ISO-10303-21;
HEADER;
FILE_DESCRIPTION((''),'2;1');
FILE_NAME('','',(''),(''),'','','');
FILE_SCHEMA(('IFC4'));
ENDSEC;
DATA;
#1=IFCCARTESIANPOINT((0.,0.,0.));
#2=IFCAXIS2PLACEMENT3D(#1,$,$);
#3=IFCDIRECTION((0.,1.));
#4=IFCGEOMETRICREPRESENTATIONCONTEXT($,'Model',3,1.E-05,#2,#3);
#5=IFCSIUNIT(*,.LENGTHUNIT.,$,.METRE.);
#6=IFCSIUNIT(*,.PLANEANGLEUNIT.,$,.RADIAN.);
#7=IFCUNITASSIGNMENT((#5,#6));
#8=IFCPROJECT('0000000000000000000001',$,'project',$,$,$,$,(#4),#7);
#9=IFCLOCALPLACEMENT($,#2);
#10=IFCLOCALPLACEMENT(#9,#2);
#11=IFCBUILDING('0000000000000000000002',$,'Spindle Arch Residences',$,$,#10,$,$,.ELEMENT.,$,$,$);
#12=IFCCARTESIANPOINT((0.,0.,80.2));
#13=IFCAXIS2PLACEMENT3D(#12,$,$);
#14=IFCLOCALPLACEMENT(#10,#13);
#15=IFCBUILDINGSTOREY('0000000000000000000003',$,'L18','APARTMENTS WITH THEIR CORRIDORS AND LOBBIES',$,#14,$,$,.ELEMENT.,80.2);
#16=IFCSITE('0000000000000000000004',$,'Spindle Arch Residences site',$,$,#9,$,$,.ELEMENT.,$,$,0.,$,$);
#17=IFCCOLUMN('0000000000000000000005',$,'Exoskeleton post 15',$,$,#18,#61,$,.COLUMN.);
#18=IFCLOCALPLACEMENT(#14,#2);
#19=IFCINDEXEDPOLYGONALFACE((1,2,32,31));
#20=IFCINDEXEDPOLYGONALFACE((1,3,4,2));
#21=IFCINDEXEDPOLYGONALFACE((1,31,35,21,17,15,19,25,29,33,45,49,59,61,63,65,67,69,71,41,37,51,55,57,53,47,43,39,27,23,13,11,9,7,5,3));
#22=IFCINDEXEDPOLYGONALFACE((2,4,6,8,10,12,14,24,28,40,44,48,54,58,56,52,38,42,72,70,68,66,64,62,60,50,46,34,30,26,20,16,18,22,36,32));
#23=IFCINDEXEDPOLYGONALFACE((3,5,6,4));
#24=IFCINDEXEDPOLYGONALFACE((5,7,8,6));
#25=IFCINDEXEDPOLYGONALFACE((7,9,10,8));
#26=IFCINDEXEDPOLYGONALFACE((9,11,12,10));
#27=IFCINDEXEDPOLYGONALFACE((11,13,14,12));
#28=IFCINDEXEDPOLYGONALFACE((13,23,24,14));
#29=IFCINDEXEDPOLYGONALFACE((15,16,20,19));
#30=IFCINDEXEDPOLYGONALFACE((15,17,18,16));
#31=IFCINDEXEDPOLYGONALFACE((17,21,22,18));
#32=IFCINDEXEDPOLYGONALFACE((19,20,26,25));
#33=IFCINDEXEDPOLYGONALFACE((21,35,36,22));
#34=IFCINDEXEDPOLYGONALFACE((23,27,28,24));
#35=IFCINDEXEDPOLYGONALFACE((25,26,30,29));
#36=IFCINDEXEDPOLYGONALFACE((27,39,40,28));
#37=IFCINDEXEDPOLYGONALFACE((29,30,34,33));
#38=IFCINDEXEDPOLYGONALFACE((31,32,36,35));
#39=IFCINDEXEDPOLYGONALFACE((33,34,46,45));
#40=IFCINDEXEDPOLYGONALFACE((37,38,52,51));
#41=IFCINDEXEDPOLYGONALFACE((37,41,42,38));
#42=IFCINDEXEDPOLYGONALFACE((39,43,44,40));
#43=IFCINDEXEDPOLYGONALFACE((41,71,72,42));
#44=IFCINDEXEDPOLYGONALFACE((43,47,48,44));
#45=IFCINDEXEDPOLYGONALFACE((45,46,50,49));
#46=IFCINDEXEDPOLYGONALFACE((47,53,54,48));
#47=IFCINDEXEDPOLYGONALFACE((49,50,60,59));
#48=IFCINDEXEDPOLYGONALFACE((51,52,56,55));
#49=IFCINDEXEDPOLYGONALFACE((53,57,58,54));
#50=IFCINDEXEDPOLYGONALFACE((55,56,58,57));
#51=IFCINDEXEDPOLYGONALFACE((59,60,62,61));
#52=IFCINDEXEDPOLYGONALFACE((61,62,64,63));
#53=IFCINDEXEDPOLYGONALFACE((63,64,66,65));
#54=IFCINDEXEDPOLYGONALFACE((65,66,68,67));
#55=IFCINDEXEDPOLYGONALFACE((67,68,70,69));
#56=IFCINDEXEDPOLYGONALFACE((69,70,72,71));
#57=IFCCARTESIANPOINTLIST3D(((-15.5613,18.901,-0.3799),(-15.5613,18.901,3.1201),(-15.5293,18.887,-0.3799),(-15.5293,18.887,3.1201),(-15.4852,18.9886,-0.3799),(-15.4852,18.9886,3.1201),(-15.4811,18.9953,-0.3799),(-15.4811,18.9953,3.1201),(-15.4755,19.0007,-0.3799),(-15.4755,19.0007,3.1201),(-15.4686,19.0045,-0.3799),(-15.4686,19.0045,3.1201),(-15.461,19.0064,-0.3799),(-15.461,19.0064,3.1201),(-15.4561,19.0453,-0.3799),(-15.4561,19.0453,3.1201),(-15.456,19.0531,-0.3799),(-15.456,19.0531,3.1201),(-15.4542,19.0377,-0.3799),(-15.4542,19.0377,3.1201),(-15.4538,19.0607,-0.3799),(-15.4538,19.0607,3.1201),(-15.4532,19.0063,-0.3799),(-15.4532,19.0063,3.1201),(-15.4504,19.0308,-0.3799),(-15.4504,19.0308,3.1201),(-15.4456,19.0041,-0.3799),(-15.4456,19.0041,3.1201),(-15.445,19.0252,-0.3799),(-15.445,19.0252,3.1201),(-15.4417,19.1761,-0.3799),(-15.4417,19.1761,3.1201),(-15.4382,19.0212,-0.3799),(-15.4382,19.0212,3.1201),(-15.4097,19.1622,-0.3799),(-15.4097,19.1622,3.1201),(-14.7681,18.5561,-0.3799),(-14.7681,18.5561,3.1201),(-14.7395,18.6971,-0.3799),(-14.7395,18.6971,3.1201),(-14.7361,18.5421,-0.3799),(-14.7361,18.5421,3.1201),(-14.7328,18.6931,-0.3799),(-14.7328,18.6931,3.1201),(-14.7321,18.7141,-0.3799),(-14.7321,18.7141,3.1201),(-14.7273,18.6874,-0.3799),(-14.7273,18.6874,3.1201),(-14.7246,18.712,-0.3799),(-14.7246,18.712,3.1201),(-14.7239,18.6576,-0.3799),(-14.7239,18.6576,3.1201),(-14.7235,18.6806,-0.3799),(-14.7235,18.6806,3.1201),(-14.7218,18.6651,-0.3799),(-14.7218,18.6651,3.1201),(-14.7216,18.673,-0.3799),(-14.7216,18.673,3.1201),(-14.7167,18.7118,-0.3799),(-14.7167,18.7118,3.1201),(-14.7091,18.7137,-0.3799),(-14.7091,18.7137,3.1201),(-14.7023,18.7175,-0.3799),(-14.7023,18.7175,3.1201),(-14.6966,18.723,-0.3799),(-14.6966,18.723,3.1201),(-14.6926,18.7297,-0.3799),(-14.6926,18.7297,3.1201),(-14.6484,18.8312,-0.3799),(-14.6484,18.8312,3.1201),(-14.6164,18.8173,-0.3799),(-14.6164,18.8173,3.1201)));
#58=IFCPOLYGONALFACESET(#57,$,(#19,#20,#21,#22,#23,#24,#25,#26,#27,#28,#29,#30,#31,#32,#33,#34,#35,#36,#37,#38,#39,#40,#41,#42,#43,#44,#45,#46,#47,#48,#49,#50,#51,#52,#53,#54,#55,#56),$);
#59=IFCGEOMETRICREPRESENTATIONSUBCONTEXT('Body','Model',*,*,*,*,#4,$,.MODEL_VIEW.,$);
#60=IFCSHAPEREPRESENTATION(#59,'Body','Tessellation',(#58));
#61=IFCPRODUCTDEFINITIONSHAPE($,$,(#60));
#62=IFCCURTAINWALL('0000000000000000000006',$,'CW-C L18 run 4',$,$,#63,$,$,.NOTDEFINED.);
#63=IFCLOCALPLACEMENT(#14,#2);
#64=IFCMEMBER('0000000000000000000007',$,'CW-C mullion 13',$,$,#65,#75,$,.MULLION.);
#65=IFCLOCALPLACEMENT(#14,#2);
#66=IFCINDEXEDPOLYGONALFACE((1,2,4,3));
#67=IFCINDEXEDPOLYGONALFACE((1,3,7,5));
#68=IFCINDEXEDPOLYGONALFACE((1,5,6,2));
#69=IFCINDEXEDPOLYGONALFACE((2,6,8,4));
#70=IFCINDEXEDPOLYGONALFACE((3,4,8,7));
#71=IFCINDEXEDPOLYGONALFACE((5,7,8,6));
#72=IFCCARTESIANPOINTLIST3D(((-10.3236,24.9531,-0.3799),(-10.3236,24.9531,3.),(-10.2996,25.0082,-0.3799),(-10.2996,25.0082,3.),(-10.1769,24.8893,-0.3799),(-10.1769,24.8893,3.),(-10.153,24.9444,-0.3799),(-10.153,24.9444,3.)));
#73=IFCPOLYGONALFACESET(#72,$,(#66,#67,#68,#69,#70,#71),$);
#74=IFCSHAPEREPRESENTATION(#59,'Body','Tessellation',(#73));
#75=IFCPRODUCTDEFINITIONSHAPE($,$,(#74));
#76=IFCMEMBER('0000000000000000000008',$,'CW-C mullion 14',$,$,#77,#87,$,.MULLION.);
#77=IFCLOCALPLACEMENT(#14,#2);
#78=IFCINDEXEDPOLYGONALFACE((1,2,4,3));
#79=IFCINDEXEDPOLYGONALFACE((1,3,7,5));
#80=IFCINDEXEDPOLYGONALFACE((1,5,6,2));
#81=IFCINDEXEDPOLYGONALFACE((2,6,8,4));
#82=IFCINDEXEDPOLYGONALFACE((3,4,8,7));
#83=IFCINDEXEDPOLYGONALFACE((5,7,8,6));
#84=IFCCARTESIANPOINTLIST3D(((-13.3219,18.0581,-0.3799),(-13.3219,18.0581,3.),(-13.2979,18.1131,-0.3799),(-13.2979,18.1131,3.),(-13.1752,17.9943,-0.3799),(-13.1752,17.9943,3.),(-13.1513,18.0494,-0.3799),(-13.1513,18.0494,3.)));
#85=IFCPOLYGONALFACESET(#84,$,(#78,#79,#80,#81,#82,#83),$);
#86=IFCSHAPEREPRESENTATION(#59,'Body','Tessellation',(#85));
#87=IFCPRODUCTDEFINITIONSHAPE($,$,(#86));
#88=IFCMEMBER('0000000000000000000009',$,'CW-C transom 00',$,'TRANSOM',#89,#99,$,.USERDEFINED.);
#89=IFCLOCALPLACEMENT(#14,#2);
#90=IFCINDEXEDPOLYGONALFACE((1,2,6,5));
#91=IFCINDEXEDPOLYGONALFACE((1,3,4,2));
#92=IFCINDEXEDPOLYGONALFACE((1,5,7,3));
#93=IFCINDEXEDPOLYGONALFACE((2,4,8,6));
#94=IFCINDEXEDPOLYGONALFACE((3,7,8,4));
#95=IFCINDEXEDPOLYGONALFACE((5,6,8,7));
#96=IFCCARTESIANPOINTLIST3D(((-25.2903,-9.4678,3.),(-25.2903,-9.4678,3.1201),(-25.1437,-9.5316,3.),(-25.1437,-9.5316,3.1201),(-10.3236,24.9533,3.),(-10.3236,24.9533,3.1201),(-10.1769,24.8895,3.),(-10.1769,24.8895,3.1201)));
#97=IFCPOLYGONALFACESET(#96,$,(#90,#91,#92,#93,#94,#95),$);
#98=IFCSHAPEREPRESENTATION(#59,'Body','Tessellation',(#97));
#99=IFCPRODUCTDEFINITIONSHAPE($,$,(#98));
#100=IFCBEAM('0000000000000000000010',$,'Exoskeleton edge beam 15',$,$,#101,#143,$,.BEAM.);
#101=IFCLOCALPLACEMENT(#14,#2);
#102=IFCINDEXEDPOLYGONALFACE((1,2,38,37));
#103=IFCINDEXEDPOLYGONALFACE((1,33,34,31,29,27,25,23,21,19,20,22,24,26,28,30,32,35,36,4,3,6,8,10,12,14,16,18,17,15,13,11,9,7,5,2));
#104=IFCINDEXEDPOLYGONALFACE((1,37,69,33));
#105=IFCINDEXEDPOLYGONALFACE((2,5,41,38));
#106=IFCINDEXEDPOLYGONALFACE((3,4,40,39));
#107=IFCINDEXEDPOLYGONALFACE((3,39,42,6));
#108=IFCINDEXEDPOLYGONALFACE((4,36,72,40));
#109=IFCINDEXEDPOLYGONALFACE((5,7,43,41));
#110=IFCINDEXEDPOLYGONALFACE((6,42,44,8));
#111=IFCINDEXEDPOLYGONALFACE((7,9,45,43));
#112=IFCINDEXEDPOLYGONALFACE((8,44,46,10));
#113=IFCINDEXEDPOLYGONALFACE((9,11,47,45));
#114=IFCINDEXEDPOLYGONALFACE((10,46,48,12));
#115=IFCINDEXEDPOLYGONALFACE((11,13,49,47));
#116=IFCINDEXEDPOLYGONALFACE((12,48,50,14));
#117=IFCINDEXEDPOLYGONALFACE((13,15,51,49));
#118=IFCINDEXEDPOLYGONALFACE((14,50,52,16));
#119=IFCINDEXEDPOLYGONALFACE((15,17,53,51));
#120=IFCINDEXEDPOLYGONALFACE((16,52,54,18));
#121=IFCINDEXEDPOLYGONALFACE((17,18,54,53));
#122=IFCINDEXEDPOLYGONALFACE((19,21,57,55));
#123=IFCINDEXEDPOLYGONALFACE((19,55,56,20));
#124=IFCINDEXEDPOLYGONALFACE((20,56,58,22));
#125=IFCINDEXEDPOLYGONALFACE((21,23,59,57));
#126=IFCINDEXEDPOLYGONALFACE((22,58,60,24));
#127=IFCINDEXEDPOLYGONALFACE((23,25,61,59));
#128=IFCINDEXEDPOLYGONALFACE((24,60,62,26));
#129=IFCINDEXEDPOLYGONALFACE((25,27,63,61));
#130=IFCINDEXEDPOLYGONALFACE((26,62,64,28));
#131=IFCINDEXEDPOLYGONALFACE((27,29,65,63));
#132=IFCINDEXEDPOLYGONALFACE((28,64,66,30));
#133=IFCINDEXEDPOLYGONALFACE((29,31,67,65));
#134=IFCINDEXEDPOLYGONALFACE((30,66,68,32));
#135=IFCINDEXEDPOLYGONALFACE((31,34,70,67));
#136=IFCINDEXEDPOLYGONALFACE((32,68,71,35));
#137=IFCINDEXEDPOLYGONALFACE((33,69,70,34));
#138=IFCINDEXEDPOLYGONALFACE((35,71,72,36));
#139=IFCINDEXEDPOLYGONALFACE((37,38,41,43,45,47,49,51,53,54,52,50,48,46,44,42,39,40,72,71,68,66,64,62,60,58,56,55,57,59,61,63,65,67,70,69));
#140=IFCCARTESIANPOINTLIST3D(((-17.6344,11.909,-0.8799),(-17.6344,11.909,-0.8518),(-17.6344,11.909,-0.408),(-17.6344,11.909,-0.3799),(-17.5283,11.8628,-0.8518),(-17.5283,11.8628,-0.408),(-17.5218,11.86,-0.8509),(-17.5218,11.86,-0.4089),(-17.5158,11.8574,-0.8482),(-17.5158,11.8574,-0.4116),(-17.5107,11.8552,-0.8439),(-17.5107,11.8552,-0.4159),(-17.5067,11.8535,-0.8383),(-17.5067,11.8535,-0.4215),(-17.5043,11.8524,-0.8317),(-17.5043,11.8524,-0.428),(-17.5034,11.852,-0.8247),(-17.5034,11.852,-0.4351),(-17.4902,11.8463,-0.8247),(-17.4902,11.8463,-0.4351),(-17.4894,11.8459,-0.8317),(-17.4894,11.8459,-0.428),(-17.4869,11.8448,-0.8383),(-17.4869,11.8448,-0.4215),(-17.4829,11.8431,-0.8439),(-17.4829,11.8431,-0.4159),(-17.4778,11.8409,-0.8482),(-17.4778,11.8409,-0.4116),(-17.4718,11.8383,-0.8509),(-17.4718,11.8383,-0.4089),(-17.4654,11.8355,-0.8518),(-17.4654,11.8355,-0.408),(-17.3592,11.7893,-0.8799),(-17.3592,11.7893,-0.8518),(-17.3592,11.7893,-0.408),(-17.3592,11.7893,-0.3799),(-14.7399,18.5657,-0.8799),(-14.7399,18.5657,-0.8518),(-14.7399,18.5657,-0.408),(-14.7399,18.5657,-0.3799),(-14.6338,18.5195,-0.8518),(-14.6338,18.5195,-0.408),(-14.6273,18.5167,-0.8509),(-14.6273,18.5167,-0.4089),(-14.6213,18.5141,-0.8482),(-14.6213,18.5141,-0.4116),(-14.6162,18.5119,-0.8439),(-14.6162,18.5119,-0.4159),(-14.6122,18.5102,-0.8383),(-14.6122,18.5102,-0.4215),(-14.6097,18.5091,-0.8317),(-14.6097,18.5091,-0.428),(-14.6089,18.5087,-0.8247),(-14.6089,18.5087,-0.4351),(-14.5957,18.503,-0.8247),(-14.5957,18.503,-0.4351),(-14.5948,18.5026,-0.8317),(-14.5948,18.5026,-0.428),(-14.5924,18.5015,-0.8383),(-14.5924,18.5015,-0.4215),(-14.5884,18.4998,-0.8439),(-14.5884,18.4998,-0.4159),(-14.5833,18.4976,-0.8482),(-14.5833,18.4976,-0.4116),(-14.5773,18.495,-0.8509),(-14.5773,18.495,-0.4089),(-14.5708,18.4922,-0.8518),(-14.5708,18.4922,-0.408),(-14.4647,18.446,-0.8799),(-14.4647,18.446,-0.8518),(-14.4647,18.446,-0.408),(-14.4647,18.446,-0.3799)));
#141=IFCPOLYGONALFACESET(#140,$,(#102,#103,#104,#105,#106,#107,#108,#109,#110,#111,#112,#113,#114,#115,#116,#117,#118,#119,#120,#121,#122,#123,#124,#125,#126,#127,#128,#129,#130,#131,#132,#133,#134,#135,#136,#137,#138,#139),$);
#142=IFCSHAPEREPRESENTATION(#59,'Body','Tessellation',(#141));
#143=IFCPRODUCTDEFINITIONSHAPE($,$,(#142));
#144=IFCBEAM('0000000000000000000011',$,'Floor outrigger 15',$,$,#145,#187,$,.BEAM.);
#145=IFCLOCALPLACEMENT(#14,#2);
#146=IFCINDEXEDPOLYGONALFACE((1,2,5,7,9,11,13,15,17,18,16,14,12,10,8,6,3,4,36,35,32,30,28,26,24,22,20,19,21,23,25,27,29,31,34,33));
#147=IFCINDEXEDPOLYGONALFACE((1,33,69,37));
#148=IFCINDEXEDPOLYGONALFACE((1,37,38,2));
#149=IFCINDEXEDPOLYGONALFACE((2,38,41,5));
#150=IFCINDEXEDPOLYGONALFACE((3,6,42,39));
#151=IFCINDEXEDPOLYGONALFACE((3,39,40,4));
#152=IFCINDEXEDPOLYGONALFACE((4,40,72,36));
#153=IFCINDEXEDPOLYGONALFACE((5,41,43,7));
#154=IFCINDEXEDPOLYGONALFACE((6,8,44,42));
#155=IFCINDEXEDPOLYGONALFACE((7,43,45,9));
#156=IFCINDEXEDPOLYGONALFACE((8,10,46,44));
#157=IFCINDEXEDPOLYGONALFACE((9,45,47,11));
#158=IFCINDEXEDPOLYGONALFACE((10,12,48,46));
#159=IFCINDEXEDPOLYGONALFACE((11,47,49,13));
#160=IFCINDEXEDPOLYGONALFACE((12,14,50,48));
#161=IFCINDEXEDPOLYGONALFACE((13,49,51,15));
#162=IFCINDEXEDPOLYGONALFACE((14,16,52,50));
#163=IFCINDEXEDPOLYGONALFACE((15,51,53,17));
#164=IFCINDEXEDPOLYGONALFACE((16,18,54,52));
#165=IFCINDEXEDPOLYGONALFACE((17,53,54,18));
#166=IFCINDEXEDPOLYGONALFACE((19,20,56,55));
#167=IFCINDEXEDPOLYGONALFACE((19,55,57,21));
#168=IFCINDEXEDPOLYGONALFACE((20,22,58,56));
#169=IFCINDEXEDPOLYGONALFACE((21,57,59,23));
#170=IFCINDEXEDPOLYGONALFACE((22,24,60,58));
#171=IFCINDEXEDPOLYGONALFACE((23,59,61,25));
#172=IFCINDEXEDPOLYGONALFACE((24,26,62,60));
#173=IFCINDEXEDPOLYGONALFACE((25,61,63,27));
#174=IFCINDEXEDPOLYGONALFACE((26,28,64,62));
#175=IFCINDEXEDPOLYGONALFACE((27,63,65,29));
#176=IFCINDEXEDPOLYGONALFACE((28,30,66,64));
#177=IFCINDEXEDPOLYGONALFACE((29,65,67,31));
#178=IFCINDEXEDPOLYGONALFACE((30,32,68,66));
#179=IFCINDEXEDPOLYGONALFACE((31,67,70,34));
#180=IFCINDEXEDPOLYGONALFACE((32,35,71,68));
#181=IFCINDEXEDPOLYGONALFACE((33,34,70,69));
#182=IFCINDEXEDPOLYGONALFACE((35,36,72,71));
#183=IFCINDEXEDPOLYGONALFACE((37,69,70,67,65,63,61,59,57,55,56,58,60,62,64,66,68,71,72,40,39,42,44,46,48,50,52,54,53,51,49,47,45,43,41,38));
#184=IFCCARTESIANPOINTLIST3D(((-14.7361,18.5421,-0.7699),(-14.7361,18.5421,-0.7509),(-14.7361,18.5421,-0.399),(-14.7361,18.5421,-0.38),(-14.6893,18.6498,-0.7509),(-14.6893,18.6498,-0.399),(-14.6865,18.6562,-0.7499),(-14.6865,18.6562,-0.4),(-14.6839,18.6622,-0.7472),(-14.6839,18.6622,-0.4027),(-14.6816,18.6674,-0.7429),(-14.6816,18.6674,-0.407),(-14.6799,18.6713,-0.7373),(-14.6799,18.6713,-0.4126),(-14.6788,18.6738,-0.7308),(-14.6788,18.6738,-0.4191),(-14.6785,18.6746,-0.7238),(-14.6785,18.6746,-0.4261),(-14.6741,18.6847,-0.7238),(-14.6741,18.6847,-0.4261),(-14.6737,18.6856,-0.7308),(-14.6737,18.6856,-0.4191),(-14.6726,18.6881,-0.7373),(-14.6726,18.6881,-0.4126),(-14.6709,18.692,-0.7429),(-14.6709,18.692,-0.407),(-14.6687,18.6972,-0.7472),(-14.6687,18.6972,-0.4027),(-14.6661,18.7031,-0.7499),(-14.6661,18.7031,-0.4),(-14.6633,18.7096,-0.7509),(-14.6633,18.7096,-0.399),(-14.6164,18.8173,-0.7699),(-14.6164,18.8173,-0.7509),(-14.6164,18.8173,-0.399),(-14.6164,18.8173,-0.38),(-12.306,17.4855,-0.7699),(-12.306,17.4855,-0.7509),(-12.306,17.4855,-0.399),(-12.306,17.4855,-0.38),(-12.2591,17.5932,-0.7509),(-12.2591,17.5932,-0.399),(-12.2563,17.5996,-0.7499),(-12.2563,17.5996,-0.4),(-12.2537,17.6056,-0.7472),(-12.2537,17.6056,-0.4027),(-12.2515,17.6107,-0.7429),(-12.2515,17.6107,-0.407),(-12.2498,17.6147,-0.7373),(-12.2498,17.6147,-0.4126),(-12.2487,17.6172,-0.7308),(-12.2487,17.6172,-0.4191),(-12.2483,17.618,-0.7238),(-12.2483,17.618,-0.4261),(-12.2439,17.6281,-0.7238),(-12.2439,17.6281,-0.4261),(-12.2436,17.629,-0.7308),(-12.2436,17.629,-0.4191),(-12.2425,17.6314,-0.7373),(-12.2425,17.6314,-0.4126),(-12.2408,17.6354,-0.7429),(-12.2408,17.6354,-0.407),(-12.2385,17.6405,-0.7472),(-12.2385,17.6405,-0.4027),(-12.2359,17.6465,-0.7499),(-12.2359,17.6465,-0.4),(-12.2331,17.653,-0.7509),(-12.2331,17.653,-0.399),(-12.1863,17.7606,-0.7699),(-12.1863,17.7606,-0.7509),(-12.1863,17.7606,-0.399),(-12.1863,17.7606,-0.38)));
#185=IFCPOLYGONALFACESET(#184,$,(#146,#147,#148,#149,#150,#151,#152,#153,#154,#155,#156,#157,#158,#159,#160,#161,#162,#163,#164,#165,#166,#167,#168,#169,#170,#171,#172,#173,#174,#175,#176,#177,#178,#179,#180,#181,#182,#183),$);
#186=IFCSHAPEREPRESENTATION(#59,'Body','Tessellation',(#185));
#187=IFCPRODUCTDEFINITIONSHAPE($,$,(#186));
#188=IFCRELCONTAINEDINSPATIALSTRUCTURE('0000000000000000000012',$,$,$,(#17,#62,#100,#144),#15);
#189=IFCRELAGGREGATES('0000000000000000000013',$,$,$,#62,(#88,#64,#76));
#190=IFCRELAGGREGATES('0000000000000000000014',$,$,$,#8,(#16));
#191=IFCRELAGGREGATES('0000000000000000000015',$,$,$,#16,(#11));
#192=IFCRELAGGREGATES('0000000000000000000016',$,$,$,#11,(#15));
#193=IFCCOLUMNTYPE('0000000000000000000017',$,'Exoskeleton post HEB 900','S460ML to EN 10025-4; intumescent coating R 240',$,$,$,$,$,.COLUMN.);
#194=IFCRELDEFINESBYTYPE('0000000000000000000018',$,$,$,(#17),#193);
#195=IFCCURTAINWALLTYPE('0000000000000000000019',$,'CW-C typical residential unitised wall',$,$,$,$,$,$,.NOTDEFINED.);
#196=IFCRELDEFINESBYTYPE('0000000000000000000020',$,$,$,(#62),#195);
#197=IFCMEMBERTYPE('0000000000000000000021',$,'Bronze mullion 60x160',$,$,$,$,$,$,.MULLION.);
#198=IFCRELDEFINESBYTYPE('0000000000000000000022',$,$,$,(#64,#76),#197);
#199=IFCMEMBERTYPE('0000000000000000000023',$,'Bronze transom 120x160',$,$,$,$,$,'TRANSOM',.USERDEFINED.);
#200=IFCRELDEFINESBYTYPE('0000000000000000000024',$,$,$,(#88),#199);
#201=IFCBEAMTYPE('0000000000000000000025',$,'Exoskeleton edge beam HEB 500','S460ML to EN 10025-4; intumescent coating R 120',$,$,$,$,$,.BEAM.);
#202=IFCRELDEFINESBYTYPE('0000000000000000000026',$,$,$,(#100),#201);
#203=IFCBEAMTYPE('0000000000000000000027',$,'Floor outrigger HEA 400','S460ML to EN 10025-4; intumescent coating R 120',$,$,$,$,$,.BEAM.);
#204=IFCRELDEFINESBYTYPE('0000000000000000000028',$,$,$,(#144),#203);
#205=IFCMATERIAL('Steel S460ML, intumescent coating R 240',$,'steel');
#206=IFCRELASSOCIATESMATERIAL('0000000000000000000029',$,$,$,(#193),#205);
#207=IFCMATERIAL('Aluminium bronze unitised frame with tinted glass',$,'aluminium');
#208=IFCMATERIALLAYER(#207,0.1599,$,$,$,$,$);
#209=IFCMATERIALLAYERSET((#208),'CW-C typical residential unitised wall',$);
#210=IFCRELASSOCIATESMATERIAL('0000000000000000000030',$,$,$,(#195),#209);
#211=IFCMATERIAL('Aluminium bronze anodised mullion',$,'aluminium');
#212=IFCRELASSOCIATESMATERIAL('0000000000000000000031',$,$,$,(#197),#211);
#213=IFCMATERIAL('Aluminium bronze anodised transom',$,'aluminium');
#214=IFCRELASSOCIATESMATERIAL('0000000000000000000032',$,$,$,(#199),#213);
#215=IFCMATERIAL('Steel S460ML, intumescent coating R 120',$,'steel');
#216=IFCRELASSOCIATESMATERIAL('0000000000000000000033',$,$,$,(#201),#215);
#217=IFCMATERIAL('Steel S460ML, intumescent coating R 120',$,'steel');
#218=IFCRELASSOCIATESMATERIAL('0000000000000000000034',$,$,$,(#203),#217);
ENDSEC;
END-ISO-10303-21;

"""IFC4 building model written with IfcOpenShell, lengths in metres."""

from ifc_helpers import new_model, si_unit, direction, frame, origin, origin_2d, place, context, subcontext, project, spatial, rectangle, i_section, extrude, material, layer, layer_set, material_profile, profile_set, type_object, element, aggregate, save


model = new_model("IFC4")

# Units and contexts
model_context = context("Model", 3, precision=1e-05, world=origin(), true_north=direction((0.0, 1.0)))
body_context = subcontext(model_context, "Body", "Model", "MODEL_VIEW")
ifc_project = project(units=[si_unit("LENGTHUNIT", "METRE"), si_unit("PLANEANGLEUNIT", "RADIAN")], contexts=[model_context])

# Site, building, storey
site_placement = place(None, origin())
site = spatial("IfcSite", under=ifc_project, at=site_placement, Name="Spindle Arch Residences site", CompositionType="ELEMENT", RefElevation=0.0)
building_placement = place(site_placement, origin())
building = spatial("IfcBuilding", under=site, at=building_placement, Name="Spindle Arch Residences", CompositionType="ELEMENT")
storey_placement = place(building_placement, frame((0.0, 0.0, 80.2)))
storey = spatial("IfcBuildingStorey", under=building, at=storey_placement, Name="L18", Description="APARTMENTS WITH THEIR CORRIDORS AND LOBBIES", CompositionType="ELEMENT", Elevation=80.2)

# Column
ifc_material_1 = material(Name="Steel S460ML, intumescent coating R 240", Category="steel")
ifc_material_profile_1 = material_profile(ifc_material_1, i_section(OverallWidth=0.3, OverallDepth=0.8999, WebThickness=0.0186, FlangeThickness=0.0349, FilletRadius=0.03, at=origin_2d()), Name="HEB 900")
ifc_profile_set_1 = profile_set([ifc_material_profile_1], Name="Steel S460ML, intumescent coating R 240")
column_type = type_object("IfcColumnType", Name="Exoskeleton post HEB 900", Description="S460ML to EN 10025-4; intumescent coating R 240", PredefinedType="COLUMN", material=ifc_profile_set_1)
column_placement = place(storey_placement, frame((-15.0889, 18.8591, -0.3799), z_axis=(0.0, 0.0, 1.0), x_axis=(0.398749, 0.91706, 0.0)))
element("IfcColumn", 1, at=column_placement, inside=storey, type_object=column_type, Name="Exoskeleton post 15", PredefinedType="COLUMN", context=body_context, shape_type="SweptSolid", body=[
    extrude(i_section(OverallWidth=0.3, OverallDepth=0.8999, WebThickness=0.0186, FlangeThickness=0.0349, FilletRadius=0.03, at=origin_2d()), origin(), (0.0, 0.0, 1.0), 3.5),
])

# Curtain wall, members
ifc_material_2 = material(Name="Aluminium bronze unitised frame with tinted glass", Category="aluminium")
ifc_layer_1 = layer(ifc_material_2, 0.1599)
ifc_layer_set_1 = layer_set([ifc_layer_1], Name="CW-C typical residential unitised wall")
curtain_wall_type = type_object("IfcCurtainWallType", Name="CW-C typical residential unitised wall", PredefinedType="NOTDEFINED", material=ifc_layer_set_1)
curtain_wall_placement = place(storey_placement, origin())
curtain_wall = element("IfcCurtainWall", 2, at=curtain_wall_placement, inside=storey, type_object=curtain_wall_type, Name="CW-C L18 run 4", PredefinedType="NOTDEFINED")
ifc_material_3 = material(Name="Aluminium bronze anodised mullion", Category="aluminium")
ifc_material_profile_2 = material_profile(ifc_material_3, rectangle(XDim=0.1599, YDim=0.0601, at=origin_2d()), Name="MU 60x160")
ifc_profile_set_2 = profile_set([ifc_material_profile_2], Name="Aluminium bronze anodised mullion")
member_type_1 = type_object("IfcMemberType", Name="Bronze mullion 60x160", PredefinedType="MULLION", material=ifc_profile_set_2)
member_1_placement = place(storey_placement, frame((-10.2383, 24.9487, -0.3799), z_axis=(0.0, 0.0, 1.0), x_axis=(0.91706, -0.398749, 0.0)))
member_1 = element("IfcMember", 3, at=member_1_placement, type_object=member_type_1, Name="CW-C mullion 13", PredefinedType="MULLION", context=body_context, shape_type="SweptSolid", body=[
    extrude(rectangle(XDim=0.1599, YDim=0.0601, at=origin_2d()), origin(), (0.0, 0.0, 1.0), 3.3799),
])
member_2_placement = place(storey_placement, frame((-13.2366, 18.0537, -0.3799), z_axis=(0.0, 0.0, 1.0), x_axis=(0.91706, -0.398749, 0.0)))
member_2 = element("IfcMember", 4, at=member_2_placement, type_object=member_type_1, Name="CW-C mullion 14", PredefinedType="MULLION", context=body_context, shape_type="SweptSolid", body=[
    extrude(rectangle(XDim=0.1599, YDim=0.0601, at=origin_2d()), origin(), (0.0, 0.0, 1.0), 3.3799),
])
ifc_material_4 = material(Name="Aluminium bronze anodised transom", Category="aluminium")
ifc_material_profile_3 = material_profile(ifc_material_4, rectangle(XDim=0.1599, YDim=0.1201, at=origin_2d()), Name="TR 120x160")
ifc_profile_set_3 = profile_set([ifc_material_profile_3], Name="Aluminium bronze anodised transom")
member_type_2 = type_object("IfcMemberType", Name="Bronze transom 120x160", ElementType="TRANSOM", PredefinedType="USERDEFINED", material=ifc_profile_set_3)
member_3_placement = place(storey_placement, frame((-10.2502, 24.9214, 3.0601), z_axis=(-0.39875, -0.91706, 0.0), x_axis=(0.91706, -0.39875, 0.0)))
member_3 = element("IfcMember", 5, at=member_3_placement, type_object=member_type_2, Name="CW-C transom 00", ObjectType="TRANSOM", PredefinedType="USERDEFINED", context=body_context, shape_type="SweptSolid", body=[
    extrude(rectangle(XDim=0.1599, YDim=0.1201, at=origin_2d()), origin(), (0.0, 0.0, 1.0), 37.5342),
])

# Beams
ifc_material_5 = material(Name="Steel S460ML, intumescent coating R 120", Category="steel")
ifc_material_profile_4 = material_profile(ifc_material_5, i_section(OverallWidth=0.3, OverallDepth=0.5, WebThickness=0.0144, FlangeThickness=0.0281, FilletRadius=0.0271, at=origin_2d()), Name="HEB 500")
ifc_profile_set_4 = profile_set([ifc_material_profile_4], Name="Steel S460ML, intumescent coating R 120")
beam_type_1 = type_object("IfcBeamType", Name="Exoskeleton edge beam HEB 500", Description="S460ML to EN 10025-4; intumescent coating R 120", PredefinedType="BEAM", material=ifc_profile_set_4)
beam_1_placement = place(storey_placement, frame((-14.6023, 18.5059, -0.6299), z_axis=(-0.398761, -0.917055, 0.0), x_axis=(0.917055, -0.398761, 0.0)))
element("IfcBeam", 6, at=beam_1_placement, inside=storey, type_object=beam_type_1, Name="Exoskeleton edge beam 15", PredefinedType="BEAM", context=body_context, shape_type="SweptSolid", body=[
    extrude(i_section(OverallWidth=0.3, OverallDepth=0.5, WebThickness=0.0144, FlangeThickness=0.0281, FilletRadius=0.0271, at=origin_2d()), origin(), (0.0, 0.0, 1.0), 7.2588),
])
ifc_material_6 = material(Name="Steel S460ML, intumescent coating R 120", Category="steel")
ifc_material_profile_5 = material_profile(ifc_material_6, i_section(OverallWidth=0.3, OverallDepth=0.3899, WebThickness=0.011, FlangeThickness=0.019, FilletRadius=0.0271, at=origin_2d()), Name="HEA 400")
ifc_profile_set_5 = profile_set([ifc_material_profile_5], Name="Steel S460ML, intumescent coating R 120")
beam_type_2 = type_object("IfcBeamType", Name="Floor outrigger HEA 400", Description="S460ML to EN 10025-4; intumescent coating R 120", PredefinedType="BEAM", material=ifc_profile_set_5)
beam_2_placement = place(storey_placement, frame((-14.6763, 18.6797, -0.575), z_axis=(0.917064, -0.39874, 0.0), x_axis=(0.39874, 0.917064, 0.0)))
element("IfcBeam", 7, at=beam_2_placement, inside=storey, type_object=beam_type_2, Name="Floor outrigger 15", PredefinedType="BEAM", context=body_context, shape_type="SweptSolid", body=[
    extrude(i_section(OverallWidth=0.3, OverallDepth=0.3899, WebThickness=0.011, FlangeThickness=0.019, FilletRadius=0.0271, at=origin_2d()), origin(), (0.0, 0.0, 1.0), 2.6499),
])

aggregate(curtain_wall, [member_3, member_1, member_2])

save(model, "model.ifc")
